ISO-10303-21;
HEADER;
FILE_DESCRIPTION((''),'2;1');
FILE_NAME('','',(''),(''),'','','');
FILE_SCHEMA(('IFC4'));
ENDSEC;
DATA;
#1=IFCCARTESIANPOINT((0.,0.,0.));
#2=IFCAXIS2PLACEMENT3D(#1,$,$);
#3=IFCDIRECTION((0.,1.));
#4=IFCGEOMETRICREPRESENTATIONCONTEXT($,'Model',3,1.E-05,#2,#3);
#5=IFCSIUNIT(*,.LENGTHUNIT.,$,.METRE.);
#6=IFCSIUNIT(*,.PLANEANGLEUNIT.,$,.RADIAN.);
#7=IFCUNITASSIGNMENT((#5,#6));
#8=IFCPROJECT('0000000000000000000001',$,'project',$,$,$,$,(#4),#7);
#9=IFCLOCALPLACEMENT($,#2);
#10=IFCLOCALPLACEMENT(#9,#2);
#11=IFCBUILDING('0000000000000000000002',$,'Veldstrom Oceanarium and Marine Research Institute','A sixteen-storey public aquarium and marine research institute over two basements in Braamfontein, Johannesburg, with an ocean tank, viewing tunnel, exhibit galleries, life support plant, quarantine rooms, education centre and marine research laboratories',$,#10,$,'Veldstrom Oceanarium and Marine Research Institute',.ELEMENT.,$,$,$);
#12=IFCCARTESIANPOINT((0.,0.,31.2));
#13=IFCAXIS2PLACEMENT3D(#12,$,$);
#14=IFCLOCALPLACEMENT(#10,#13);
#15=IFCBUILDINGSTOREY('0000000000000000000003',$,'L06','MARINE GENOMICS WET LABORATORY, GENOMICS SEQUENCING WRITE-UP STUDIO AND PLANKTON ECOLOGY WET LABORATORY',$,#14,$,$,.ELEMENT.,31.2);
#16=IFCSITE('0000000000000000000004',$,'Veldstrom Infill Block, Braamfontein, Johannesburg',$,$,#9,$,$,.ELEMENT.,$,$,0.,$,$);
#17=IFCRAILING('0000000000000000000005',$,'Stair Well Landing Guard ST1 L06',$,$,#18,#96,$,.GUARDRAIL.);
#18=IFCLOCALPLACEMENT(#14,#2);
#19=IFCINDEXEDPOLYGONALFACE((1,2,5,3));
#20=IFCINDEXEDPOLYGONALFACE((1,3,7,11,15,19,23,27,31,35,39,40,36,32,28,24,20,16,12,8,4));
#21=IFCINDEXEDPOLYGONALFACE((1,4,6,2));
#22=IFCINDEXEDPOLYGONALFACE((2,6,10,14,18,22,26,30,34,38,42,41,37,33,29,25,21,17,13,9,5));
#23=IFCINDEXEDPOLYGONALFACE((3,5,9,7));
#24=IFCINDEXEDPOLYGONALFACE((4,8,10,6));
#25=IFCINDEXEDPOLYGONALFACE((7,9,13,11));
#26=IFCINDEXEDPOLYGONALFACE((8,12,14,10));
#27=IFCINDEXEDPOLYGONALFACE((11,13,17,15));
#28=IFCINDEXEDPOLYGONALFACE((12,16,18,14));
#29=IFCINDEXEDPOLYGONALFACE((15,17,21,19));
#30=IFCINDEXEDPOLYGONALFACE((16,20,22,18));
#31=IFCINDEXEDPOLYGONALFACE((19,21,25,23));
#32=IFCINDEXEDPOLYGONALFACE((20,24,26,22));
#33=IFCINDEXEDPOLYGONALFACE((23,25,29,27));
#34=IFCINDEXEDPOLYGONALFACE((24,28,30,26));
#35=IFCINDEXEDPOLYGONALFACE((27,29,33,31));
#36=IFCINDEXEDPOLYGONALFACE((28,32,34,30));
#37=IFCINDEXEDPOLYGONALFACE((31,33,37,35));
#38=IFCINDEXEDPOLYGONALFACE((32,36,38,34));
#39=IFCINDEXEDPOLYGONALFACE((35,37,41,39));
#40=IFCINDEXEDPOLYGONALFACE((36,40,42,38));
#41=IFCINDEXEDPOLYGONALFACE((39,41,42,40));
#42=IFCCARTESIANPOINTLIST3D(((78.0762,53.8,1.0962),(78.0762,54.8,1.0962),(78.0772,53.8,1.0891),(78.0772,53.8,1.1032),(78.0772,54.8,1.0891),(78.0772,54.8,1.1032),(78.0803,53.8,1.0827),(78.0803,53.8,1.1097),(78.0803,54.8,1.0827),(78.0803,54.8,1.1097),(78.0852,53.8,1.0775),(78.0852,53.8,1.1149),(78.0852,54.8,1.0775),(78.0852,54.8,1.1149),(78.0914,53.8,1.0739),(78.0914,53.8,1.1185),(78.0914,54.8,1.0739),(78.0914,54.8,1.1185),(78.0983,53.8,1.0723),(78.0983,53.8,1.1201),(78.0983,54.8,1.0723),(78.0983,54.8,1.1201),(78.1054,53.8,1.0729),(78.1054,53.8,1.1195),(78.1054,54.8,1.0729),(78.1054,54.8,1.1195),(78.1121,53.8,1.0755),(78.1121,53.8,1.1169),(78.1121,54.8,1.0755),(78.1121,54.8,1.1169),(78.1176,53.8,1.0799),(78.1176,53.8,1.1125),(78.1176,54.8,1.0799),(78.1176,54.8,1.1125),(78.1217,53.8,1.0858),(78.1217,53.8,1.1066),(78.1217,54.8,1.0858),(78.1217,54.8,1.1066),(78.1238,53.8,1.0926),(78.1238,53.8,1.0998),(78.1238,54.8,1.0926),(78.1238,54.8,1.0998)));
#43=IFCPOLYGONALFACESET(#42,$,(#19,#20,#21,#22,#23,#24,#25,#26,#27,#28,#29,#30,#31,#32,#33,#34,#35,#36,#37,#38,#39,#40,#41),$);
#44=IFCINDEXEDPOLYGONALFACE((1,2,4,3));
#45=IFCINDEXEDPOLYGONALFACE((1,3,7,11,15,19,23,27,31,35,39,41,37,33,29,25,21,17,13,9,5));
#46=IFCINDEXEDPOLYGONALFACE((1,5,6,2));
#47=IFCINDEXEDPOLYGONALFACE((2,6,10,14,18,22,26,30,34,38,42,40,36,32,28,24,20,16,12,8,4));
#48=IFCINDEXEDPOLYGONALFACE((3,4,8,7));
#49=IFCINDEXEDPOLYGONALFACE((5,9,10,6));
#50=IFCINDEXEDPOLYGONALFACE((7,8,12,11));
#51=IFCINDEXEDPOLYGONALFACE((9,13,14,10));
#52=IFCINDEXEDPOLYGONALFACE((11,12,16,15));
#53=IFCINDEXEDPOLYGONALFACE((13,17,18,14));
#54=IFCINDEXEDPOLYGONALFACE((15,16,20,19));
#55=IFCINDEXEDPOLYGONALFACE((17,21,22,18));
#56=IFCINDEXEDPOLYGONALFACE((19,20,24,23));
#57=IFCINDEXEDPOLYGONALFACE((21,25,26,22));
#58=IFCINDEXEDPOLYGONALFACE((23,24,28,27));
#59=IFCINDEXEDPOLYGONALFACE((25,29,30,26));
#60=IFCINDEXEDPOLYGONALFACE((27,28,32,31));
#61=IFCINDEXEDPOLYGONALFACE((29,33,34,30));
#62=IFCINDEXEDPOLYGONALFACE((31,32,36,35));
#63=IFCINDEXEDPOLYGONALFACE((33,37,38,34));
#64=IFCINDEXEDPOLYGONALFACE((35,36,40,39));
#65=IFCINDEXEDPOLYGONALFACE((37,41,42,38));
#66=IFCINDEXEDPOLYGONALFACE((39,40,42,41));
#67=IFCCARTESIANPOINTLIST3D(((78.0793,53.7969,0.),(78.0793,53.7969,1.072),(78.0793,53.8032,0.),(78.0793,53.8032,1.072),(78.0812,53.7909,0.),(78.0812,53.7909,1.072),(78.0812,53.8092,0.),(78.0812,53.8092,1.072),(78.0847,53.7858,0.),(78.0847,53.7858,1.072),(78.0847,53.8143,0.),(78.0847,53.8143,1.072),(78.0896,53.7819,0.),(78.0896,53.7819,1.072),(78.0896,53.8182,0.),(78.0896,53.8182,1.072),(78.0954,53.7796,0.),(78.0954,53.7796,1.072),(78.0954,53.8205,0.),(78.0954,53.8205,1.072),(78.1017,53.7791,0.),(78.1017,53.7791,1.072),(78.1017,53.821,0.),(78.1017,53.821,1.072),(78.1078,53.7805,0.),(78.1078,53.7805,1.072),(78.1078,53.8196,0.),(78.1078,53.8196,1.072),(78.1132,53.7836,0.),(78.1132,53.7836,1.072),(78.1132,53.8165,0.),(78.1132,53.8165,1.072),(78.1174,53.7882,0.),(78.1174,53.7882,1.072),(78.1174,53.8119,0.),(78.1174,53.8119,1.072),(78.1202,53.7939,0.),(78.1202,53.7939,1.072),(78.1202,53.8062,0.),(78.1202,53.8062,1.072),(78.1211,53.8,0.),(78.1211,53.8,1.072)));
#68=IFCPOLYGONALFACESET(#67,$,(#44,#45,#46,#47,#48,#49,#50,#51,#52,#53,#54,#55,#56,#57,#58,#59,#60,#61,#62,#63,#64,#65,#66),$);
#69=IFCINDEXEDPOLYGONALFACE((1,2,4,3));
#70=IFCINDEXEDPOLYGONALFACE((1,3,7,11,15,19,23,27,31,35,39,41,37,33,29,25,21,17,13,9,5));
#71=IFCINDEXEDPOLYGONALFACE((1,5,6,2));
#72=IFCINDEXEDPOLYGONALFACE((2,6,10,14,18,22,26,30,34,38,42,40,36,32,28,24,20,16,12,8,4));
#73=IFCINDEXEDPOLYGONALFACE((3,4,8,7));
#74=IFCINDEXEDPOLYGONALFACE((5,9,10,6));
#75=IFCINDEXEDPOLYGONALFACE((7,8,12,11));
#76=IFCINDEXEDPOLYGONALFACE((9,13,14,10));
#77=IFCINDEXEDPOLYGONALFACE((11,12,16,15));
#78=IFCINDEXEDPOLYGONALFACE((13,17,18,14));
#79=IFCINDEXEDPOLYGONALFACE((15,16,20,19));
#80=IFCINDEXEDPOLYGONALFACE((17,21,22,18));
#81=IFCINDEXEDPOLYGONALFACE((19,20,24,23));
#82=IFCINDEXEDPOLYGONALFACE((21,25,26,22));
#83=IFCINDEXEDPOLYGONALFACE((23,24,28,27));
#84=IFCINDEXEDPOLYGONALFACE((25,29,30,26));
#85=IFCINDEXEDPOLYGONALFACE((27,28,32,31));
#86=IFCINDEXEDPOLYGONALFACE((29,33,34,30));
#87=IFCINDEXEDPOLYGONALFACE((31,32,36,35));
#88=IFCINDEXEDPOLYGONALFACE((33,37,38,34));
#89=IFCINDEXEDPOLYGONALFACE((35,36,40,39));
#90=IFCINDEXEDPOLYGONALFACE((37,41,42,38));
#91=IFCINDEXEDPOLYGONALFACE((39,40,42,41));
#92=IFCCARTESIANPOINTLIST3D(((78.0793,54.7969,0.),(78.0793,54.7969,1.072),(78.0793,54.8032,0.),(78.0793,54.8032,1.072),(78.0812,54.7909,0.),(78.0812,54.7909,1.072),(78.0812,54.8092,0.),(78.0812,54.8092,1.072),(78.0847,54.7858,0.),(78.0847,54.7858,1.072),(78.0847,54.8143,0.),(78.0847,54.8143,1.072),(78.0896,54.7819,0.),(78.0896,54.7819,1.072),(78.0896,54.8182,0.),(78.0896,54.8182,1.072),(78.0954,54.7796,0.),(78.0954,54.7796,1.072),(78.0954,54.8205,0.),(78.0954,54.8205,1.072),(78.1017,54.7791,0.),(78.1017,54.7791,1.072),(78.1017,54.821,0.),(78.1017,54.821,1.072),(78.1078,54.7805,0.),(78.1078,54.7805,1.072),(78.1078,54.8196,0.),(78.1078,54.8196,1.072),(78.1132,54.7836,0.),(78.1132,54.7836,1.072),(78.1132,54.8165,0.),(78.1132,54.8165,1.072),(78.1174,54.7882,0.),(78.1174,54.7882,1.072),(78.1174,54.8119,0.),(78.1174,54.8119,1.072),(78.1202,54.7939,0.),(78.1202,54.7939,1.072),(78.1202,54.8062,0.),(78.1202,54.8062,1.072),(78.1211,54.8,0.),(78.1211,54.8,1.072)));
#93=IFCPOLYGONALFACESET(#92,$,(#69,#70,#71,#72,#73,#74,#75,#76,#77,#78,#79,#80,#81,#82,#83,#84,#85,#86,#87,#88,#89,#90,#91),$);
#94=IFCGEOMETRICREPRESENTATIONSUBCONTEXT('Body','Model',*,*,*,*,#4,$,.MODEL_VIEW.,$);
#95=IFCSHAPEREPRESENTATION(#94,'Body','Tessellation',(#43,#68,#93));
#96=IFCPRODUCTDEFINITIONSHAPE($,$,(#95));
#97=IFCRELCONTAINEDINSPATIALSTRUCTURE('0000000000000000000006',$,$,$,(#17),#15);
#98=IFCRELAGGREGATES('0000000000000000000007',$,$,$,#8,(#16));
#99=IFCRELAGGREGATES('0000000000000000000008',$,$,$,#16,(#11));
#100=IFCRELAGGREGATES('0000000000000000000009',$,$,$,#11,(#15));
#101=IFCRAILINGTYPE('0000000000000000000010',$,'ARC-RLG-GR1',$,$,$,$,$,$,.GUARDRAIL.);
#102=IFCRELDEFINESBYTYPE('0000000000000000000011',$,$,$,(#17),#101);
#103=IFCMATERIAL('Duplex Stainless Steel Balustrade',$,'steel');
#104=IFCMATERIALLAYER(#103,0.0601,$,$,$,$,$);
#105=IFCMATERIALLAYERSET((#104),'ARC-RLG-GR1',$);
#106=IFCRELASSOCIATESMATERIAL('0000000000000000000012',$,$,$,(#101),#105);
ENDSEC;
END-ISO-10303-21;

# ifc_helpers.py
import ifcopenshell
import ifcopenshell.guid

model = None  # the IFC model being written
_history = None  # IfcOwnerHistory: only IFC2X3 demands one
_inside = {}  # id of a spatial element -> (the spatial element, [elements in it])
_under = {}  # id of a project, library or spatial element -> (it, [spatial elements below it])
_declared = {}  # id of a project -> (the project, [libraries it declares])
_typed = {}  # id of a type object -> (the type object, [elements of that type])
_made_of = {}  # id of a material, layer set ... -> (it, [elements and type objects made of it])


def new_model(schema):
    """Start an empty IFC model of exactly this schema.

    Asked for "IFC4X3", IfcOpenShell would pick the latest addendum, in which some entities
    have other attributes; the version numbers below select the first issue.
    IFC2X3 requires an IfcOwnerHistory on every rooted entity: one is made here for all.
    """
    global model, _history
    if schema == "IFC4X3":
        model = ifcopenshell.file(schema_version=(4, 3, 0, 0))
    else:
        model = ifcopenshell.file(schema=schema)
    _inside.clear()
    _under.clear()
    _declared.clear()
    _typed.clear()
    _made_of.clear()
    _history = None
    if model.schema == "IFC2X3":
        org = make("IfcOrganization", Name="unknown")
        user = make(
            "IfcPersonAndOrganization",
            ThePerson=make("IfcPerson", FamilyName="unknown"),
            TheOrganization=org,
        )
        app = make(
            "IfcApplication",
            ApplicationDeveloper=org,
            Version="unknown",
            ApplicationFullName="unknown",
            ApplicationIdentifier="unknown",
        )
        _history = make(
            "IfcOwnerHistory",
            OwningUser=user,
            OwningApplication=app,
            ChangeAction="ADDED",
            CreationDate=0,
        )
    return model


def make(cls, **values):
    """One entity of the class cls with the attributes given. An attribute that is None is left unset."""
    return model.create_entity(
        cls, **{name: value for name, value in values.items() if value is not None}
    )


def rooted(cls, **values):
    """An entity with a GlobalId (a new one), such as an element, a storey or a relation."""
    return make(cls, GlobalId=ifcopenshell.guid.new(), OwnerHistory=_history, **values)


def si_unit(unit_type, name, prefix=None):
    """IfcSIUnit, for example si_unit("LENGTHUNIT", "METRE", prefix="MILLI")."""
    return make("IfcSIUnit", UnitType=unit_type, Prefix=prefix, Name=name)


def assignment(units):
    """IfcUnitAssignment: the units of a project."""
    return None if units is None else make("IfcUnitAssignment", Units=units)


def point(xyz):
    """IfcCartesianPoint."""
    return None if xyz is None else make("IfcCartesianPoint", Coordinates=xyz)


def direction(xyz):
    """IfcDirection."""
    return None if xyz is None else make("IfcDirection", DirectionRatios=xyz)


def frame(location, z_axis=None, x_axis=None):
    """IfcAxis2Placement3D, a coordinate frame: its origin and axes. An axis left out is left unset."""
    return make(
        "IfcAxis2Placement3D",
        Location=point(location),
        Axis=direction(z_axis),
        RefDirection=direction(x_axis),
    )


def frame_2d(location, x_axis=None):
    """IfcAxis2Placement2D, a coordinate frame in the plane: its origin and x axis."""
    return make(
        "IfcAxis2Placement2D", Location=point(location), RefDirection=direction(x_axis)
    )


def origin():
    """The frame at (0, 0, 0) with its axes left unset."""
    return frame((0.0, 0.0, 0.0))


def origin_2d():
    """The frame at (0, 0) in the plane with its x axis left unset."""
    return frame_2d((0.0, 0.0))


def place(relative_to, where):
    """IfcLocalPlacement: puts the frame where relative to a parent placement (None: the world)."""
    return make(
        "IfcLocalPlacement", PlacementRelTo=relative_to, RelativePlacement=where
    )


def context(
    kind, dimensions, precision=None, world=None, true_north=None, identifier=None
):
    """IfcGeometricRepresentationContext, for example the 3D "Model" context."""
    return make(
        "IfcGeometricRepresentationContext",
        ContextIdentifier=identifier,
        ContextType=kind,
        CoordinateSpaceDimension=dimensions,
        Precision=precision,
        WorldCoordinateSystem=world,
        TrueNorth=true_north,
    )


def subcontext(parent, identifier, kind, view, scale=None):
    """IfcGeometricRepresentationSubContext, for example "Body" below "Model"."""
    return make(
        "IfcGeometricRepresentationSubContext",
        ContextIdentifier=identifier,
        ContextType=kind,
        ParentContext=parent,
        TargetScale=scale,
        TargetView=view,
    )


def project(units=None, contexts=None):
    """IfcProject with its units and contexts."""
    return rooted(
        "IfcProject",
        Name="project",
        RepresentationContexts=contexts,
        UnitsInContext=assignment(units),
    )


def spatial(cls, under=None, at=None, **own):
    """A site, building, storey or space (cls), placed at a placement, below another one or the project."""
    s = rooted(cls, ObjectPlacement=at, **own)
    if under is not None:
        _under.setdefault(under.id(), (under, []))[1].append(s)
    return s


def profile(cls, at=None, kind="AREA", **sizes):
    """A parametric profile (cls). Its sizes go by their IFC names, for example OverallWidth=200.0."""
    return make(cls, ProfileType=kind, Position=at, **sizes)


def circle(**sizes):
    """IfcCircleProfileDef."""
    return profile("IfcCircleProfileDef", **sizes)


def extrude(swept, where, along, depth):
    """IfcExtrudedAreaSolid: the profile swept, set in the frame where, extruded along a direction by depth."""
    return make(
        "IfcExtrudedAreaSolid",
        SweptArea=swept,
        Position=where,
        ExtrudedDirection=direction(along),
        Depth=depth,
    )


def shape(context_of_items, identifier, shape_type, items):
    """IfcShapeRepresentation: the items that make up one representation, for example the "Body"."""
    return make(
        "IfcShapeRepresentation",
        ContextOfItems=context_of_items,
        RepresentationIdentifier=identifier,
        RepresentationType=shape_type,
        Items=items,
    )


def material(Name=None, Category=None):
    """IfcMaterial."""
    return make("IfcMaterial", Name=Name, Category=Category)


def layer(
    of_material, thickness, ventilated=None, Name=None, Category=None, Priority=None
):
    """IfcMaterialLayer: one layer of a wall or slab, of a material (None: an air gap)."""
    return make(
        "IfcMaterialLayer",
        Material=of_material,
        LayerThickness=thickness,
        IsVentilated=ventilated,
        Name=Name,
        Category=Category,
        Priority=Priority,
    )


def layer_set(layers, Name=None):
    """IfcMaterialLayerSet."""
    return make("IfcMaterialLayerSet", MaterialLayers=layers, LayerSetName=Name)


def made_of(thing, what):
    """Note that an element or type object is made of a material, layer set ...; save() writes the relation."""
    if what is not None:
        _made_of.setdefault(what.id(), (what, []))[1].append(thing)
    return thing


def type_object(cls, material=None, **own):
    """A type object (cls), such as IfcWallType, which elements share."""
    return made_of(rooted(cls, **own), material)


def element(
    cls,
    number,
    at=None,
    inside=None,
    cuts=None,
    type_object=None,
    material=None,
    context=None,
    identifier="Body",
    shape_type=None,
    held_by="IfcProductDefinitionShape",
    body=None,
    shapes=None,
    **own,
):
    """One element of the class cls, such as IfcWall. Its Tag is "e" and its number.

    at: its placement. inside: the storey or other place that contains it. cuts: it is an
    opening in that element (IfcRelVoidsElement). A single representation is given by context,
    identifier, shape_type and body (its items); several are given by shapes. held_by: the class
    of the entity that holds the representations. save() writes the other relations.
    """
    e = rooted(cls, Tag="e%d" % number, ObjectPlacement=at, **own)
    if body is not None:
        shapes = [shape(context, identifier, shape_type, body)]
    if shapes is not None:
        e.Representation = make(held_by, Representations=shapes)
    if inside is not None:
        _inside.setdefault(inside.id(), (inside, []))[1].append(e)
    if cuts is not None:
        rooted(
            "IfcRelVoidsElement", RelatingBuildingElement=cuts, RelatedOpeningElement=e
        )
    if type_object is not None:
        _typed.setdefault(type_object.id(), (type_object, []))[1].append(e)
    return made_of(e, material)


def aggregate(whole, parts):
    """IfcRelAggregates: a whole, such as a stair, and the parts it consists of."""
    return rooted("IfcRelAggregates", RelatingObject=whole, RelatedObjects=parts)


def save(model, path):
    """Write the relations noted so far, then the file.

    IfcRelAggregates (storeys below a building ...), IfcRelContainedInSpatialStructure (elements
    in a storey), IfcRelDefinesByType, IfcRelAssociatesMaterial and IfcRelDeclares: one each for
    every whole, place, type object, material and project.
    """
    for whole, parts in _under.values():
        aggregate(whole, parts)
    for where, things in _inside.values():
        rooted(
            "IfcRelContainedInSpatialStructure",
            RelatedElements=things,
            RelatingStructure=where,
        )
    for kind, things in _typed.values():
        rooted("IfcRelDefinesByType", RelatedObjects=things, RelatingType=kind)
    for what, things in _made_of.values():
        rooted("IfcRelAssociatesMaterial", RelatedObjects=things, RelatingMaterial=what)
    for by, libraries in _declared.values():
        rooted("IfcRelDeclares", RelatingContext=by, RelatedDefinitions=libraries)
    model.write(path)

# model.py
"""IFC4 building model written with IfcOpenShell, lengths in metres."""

from ifc_helpers import new_model, si_unit, direction, frame, origin, origin_2d, place, context, subcontext, project, spatial, circle, extrude, material, layer, layer_set, type_object, element, save


model = new_model("IFC4")

# Units and contexts
model_context = context("Model", 3, precision=1e-05, world=origin(), true_north=direction((0.0, 1.0)))
body_context = subcontext(model_context, "Body", "Model", "MODEL_VIEW")
ifc_project = project(units=[si_unit("LENGTHUNIT", "METRE"), si_unit("PLANEANGLEUNIT", "RADIAN")], contexts=[model_context])

# Site, building, storey
site_placement = place(None, origin())
site = spatial("IfcSite", under=ifc_project, at=site_placement, Name="Veldstrom Infill Block, Braamfontein, Johannesburg", CompositionType="ELEMENT", RefElevation=0.0)
building_placement = place(site_placement, origin())
building = spatial("IfcBuilding", under=site, at=building_placement, Name="Veldstrom Oceanarium and Marine Research Institute", Description="A sixteen-storey public aquarium and marine research institute over two basements in Braamfontein, Johannesburg, with an ocean tank, viewing tunnel, exhibit galleries, life support plant, quarantine rooms, education centre and marine research laboratories", LongName="Veldstrom Oceanarium and Marine Research Institute", CompositionType="ELEMENT")
storey_placement = place(building_placement, frame((0.0, 0.0, 31.2)))
storey = spatial("IfcBuildingStorey", under=building, at=storey_placement, Name="L06", Description="MARINE GENOMICS WET LABORATORY, GENOMICS SEQUENCING WRITE-UP STUDIO AND PLANKTON ECOLOGY WET LABORATORY", CompositionType="ELEMENT", Elevation=31.2)

# Railing
ifc_material_1 = material(Name="Duplex Stainless Steel Balustrade", Category="steel")
ifc_layer_1 = layer(ifc_material_1, 0.0601)
ifc_layer_set_1 = layer_set([ifc_layer_1], Name="ARC-RLG-GR1")
railing_type_1 = type_object("IfcRailingType", Name="ARC-RLG-GR1", PredefinedType="GUARDRAIL", material=ifc_layer_set_1)
railing_1_placement = place(storey_placement, frame((78.1001, 53.8, 0.0)))
element("IfcRailing", 1, at=railing_1_placement, inside=storey, type_object=railing_type_1, Name="Stair Well Landing Guard ST1 L06", PredefinedType="GUARDRAIL", context=body_context, shape_type="SweptSolid", body=[
    extrude(circle(Radius=0.0239, at=origin_2d()), frame((0.0, 0.0, 1.0962), z_axis=(0.0, 1.0, 0.0), x_axis=(-1.0, 0.0, 0.0)), (0.0, 0.0, 1.0), 1.0),
    extrude(circle(Radius=0.021, at=origin_2d()), origin(), (0.0, 0.0, 1.0), 1.072),
    extrude(circle(Radius=0.021, at=origin_2d()), frame((0.0, 1.0, 0.0)), (0.0, 0.0, 1.0), 1.072),
])

save(model, "model.ifc")
